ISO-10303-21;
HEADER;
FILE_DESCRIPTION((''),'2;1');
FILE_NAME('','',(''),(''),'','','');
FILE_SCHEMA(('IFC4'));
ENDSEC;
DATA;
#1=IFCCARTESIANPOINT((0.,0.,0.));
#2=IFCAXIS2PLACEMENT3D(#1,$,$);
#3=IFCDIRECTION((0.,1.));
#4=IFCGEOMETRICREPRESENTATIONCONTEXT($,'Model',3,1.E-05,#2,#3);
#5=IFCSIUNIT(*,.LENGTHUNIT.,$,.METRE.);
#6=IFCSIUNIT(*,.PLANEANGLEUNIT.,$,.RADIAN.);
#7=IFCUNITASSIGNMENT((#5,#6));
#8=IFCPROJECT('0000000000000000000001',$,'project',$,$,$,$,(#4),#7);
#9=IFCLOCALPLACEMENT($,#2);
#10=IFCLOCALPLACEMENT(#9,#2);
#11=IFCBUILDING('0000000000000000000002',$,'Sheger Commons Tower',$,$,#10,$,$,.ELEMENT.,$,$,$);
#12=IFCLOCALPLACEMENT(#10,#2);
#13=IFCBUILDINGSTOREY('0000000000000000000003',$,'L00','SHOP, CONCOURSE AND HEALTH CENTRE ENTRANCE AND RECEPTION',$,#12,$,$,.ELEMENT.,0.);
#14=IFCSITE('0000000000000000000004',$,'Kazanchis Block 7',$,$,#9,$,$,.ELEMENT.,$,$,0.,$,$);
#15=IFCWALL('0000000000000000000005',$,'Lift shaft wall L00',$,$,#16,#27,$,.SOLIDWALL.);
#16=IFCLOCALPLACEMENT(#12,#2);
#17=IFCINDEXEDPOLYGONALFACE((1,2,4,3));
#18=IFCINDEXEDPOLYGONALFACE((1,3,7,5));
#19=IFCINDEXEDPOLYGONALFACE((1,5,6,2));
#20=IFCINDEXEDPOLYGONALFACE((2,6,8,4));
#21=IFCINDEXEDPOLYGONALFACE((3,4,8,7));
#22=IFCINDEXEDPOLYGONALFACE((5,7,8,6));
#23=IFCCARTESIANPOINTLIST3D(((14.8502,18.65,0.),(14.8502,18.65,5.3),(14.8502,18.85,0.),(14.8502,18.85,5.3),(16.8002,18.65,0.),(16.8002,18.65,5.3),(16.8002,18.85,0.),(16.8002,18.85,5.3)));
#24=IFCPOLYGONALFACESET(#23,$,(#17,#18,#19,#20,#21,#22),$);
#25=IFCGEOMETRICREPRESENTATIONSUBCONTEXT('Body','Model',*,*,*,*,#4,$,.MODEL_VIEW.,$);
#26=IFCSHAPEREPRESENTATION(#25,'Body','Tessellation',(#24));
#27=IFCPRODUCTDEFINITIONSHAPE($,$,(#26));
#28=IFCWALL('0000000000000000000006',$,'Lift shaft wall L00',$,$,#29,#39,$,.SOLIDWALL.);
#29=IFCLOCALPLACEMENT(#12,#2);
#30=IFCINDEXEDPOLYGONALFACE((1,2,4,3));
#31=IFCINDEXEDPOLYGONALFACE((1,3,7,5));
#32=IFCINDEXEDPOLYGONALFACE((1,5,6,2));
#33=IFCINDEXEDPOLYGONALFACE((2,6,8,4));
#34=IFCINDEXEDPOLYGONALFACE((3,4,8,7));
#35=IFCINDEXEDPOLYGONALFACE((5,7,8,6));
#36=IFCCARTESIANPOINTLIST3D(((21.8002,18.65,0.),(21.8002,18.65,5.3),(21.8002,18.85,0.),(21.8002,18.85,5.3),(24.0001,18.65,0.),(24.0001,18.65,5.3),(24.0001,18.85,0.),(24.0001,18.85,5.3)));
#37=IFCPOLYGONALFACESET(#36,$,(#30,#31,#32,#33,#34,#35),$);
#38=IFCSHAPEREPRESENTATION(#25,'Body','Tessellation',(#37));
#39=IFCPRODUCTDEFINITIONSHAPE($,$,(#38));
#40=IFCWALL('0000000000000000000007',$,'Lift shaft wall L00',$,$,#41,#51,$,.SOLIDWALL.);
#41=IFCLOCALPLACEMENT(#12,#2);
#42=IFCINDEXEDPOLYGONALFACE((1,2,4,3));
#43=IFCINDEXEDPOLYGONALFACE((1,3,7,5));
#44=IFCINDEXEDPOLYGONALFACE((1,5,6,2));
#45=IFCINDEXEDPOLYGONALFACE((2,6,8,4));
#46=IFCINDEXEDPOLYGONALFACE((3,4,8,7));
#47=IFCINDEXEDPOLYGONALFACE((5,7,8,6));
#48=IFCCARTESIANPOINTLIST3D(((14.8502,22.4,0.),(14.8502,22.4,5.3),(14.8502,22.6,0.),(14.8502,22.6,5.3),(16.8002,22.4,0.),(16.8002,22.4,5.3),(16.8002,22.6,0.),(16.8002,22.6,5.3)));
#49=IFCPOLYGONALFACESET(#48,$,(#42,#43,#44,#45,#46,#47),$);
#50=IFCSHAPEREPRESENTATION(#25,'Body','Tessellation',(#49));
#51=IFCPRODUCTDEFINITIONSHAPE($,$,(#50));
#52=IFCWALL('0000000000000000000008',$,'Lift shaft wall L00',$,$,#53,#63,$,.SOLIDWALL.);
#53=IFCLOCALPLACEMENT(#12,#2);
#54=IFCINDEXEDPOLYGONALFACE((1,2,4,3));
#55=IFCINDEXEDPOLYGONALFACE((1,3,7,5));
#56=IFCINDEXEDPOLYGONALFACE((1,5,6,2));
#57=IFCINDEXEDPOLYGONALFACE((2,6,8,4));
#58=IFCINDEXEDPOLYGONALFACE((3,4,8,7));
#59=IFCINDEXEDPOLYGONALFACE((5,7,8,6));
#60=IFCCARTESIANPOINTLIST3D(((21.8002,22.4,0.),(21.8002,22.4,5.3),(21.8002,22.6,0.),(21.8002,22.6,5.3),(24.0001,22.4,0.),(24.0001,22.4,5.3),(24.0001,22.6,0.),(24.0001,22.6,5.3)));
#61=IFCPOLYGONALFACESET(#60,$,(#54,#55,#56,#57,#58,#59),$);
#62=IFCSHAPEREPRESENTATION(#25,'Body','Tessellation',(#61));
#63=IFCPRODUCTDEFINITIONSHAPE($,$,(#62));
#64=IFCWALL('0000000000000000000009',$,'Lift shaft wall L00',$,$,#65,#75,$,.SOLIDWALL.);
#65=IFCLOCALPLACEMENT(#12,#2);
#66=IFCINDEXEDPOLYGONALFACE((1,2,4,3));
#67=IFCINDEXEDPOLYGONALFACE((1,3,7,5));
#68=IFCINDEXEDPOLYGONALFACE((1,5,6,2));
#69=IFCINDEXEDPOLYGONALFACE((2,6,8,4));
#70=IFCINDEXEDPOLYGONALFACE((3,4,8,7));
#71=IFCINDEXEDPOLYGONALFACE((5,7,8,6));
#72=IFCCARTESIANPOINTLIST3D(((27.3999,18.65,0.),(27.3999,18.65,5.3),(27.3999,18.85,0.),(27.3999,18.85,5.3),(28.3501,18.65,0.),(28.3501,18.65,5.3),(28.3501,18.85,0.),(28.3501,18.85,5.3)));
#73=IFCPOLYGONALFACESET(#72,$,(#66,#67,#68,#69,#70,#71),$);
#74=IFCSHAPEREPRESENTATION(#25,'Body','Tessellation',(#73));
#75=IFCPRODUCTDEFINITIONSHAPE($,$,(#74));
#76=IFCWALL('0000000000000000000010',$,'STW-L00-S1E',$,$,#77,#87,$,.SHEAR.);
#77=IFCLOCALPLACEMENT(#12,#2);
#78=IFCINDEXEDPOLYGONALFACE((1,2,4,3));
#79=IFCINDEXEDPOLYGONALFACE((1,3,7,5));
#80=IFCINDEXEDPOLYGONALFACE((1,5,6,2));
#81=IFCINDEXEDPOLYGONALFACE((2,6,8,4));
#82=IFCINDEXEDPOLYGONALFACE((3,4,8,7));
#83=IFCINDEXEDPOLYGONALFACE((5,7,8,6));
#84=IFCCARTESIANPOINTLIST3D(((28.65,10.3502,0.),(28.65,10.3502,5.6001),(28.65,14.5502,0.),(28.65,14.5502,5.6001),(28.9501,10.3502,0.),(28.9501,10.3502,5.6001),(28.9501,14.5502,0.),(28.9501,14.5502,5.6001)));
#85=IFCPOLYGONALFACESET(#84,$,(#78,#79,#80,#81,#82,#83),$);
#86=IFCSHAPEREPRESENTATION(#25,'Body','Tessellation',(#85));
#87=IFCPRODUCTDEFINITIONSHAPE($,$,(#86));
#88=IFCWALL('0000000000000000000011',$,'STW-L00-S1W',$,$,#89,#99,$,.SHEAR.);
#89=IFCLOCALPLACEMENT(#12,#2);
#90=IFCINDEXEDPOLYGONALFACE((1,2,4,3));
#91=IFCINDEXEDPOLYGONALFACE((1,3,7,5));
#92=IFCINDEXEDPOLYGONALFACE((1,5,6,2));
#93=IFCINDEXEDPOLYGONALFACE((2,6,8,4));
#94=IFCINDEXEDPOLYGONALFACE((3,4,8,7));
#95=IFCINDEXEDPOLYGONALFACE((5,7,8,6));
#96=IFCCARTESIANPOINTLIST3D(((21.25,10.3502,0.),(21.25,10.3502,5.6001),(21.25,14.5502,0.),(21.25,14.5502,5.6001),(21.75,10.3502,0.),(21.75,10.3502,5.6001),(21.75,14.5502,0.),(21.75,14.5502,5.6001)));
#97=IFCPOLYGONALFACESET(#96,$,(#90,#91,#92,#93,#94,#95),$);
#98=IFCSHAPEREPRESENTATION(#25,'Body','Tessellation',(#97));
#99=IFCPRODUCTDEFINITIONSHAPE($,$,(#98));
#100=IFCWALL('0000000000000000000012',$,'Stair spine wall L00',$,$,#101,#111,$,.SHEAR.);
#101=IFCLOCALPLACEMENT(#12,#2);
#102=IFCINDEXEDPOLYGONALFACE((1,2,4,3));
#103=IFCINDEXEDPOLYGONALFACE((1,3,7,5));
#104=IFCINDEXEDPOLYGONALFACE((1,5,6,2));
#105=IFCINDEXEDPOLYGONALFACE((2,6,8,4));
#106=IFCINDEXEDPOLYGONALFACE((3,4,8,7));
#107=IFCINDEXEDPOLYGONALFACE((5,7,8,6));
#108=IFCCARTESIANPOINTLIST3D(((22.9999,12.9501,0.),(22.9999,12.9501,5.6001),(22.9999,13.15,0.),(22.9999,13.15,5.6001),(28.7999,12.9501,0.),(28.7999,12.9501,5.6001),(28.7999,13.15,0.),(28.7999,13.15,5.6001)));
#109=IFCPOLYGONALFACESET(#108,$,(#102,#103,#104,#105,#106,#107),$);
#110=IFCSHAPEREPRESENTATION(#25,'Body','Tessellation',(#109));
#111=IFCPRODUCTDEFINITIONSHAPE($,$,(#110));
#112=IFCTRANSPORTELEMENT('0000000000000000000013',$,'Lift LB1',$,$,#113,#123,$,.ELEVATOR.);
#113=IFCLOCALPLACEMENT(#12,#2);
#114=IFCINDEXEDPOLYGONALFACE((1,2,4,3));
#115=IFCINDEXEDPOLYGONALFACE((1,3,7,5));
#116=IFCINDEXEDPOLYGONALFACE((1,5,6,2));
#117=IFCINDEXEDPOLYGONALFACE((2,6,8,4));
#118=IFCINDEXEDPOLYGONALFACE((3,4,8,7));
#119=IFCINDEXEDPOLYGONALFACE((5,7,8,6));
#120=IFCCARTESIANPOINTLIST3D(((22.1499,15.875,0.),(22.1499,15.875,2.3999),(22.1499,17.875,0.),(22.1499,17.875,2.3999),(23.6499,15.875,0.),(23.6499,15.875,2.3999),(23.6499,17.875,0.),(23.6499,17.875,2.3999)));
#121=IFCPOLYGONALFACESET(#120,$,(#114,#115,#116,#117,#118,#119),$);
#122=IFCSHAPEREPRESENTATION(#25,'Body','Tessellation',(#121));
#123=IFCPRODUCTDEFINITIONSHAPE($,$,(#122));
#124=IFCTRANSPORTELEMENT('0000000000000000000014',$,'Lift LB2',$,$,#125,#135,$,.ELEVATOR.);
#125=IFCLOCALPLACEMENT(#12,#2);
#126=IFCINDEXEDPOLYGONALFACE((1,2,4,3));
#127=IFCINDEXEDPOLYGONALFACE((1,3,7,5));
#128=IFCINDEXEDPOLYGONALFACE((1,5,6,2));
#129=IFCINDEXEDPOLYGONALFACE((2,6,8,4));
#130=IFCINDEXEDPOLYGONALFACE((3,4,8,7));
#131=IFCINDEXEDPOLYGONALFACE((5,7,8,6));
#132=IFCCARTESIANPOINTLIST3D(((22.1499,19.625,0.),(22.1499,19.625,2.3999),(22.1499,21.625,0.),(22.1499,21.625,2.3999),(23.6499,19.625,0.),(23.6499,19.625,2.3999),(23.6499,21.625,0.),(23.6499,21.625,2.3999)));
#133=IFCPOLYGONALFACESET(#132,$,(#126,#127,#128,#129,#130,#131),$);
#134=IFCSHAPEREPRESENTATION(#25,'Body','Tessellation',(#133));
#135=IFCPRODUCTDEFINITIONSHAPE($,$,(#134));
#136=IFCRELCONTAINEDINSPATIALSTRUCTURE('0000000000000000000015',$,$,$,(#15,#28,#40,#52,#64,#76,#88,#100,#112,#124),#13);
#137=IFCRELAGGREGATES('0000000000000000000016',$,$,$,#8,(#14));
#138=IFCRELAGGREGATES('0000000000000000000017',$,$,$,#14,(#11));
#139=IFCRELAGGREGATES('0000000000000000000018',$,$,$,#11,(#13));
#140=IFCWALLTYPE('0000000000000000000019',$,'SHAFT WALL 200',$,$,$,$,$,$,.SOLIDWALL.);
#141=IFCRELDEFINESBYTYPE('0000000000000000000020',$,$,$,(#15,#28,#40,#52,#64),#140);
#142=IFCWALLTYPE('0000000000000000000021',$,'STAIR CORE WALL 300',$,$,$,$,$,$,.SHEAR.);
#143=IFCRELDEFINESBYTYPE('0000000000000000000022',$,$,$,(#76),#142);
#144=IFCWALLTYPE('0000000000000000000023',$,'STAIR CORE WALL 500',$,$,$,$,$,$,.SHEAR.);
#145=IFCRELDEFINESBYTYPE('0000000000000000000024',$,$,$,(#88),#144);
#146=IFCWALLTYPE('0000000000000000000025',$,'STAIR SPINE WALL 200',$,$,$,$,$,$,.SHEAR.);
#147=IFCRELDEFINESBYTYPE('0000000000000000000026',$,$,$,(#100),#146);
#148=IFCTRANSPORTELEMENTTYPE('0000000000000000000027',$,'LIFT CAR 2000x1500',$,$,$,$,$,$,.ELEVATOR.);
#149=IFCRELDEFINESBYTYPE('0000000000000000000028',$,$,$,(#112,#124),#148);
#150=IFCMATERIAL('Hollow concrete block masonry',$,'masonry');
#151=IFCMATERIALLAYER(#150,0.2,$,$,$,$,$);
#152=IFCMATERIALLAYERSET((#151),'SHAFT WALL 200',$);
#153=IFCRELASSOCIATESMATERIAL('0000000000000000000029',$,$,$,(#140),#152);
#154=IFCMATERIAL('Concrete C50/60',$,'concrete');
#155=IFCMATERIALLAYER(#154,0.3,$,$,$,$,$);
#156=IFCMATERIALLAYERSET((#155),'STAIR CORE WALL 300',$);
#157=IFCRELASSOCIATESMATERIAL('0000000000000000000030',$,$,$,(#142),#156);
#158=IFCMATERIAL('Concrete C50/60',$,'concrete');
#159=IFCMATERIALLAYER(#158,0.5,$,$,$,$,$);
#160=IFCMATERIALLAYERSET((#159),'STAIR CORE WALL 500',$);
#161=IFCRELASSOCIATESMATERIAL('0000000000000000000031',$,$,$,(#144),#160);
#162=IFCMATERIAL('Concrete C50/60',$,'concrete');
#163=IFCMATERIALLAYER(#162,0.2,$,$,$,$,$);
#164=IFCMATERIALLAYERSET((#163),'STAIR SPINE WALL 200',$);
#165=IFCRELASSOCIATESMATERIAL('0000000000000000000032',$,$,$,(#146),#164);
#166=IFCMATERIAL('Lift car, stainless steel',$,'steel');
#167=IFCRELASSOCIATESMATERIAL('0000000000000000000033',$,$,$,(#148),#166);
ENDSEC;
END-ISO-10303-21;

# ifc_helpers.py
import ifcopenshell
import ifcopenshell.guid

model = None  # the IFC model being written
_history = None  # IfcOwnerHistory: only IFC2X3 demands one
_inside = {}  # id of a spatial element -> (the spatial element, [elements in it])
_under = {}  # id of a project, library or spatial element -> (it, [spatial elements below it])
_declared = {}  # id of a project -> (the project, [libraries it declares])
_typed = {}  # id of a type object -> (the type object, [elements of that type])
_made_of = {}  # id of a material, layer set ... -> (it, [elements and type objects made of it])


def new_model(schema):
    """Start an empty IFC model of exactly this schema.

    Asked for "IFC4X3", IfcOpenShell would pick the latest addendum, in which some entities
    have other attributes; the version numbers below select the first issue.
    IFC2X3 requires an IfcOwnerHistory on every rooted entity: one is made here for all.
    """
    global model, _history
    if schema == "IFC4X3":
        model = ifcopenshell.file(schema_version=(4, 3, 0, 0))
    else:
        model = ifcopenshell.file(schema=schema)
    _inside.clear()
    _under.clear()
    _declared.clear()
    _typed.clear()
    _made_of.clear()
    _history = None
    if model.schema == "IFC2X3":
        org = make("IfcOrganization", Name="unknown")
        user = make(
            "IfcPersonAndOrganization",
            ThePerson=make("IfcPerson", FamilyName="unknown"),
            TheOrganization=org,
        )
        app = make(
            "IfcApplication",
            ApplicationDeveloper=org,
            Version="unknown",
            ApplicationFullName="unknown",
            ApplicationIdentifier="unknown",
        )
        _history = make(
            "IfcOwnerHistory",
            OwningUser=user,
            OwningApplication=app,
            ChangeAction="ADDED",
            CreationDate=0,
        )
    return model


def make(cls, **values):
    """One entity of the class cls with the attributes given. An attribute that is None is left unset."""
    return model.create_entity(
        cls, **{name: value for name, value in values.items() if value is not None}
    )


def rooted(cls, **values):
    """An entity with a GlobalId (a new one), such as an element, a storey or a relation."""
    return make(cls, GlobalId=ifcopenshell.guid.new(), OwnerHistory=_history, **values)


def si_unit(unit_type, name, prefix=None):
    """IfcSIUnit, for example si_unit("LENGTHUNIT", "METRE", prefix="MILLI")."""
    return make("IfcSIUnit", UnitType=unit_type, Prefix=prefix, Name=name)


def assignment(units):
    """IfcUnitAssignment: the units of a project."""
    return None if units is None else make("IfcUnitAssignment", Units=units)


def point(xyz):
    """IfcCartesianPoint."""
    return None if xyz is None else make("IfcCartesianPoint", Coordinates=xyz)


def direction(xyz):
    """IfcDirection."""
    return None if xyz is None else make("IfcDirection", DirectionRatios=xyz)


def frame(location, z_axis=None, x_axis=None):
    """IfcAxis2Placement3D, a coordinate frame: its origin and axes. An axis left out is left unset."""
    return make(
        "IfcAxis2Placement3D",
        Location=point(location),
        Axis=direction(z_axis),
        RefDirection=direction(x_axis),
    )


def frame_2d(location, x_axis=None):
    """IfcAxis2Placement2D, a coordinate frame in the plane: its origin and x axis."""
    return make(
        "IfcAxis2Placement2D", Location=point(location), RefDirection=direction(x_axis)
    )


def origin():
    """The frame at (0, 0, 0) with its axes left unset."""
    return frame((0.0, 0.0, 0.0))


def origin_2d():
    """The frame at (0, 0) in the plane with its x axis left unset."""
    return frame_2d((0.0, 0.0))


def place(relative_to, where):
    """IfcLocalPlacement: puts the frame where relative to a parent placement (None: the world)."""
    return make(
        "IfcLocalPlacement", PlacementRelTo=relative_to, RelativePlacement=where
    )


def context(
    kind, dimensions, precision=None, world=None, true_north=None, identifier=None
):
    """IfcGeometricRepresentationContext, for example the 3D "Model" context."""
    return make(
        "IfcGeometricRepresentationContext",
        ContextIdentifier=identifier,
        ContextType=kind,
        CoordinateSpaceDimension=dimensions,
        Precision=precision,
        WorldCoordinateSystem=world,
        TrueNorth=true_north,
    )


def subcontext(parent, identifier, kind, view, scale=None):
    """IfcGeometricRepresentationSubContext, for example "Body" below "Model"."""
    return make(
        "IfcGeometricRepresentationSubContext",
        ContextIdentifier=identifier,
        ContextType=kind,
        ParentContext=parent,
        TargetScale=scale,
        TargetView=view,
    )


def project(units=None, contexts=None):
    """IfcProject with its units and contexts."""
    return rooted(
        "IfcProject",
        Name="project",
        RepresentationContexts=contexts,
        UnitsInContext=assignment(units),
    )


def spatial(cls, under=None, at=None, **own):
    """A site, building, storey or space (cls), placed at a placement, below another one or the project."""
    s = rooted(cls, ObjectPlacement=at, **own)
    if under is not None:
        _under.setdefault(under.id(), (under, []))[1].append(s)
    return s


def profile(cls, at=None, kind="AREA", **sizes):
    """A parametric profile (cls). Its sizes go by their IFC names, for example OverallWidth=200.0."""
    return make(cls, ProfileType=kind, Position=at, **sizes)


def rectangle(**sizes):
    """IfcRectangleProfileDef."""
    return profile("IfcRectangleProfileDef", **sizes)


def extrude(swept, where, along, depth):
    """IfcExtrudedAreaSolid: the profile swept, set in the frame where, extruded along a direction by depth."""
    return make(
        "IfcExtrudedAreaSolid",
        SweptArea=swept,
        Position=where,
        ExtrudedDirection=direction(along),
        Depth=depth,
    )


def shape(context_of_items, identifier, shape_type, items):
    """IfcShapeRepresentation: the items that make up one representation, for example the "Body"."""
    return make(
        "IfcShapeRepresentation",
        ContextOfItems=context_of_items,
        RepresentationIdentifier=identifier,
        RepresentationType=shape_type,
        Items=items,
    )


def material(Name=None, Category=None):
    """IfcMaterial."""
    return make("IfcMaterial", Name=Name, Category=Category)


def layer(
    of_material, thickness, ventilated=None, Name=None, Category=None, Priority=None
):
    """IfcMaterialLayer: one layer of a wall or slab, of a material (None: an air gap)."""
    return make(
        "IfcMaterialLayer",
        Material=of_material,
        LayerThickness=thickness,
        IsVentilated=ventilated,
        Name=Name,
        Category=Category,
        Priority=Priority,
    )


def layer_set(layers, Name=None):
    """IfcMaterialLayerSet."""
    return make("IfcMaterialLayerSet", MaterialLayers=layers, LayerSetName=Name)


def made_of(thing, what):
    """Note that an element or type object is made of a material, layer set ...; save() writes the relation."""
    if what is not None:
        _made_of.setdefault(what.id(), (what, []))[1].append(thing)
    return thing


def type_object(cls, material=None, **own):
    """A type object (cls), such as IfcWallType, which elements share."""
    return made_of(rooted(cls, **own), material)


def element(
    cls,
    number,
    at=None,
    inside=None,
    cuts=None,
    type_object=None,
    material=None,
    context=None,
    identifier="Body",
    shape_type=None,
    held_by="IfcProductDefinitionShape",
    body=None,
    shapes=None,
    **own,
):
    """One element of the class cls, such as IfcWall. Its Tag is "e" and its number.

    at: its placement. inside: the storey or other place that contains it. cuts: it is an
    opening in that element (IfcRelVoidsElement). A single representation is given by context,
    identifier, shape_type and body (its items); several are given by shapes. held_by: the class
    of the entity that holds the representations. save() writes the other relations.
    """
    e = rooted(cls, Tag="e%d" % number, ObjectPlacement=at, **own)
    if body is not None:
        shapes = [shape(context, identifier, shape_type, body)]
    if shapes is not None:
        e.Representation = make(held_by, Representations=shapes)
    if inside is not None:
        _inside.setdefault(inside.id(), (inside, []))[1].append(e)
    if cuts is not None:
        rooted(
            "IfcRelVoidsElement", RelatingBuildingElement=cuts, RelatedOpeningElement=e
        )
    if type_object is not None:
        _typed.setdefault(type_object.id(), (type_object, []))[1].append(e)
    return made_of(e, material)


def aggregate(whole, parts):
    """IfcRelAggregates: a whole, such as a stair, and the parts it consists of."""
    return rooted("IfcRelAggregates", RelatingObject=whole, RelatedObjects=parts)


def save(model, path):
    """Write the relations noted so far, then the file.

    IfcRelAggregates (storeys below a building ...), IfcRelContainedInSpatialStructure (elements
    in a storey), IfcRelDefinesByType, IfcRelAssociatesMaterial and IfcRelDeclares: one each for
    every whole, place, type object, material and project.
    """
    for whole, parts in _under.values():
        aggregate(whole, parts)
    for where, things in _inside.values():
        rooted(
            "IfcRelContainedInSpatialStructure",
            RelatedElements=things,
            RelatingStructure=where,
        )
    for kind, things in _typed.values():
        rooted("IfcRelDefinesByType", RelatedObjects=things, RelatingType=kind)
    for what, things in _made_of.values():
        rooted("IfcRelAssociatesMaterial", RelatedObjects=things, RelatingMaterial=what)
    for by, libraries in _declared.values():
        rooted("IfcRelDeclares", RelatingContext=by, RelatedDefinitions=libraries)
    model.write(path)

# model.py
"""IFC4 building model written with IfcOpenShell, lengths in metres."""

from ifc_helpers import new_model, si_unit, direction, frame, frame_2d, origin, origin_2d, place, context, subcontext, project, spatial, rectangle, extrude, material, layer, layer_set, type_object, element, save


model = new_model("IFC4")

# Units and contexts
model_context = context("Model", 3, precision=1e-05, world=origin(), true_north=direction((0.0, 1.0)))
body_context = subcontext(model_context, "Body", "Model", "MODEL_VIEW")
ifc_project = project(units=[si_unit("LENGTHUNIT", "METRE"), si_unit("PLANEANGLEUNIT", "RADIAN")], contexts=[model_context])

# Site, building, storey
site_placement = place(None, origin())
site = spatial("IfcSite", under=ifc_project, at=site_placement, Name="Kazanchis Block 7", CompositionType="ELEMENT", RefElevation=0.0)
building_placement = place(site_placement, origin())
building = spatial("IfcBuilding", under=site, at=building_placement, Name="Sheger Commons Tower", CompositionType="ELEMENT")
storey_placement = place(building_placement, origin())
storey = spatial("IfcBuildingStorey", under=building, at=storey_placement, Name="L00", Description="SHOP, CONCOURSE AND HEALTH CENTRE ENTRANCE AND RECEPTION", CompositionType="ELEMENT", Elevation=0.0)

# Walls
ifc_material_1 = material(Name="Hollow concrete block masonry", Category="masonry")
ifc_layer_1 = layer(ifc_material_1, 0.2)
ifc_layer_set_1 = layer_set([ifc_layer_1], Name="SHAFT WALL 200")
wall_type_1 = type_object("IfcWallType", Name="SHAFT WALL 200", PredefinedType="SOLIDWALL", material=ifc_layer_set_1)
wall_1_placement = place(storey_placement, frame((14.8501, 18.75, 0.0), z_axis=(0.0, 0.0, 1.0), x_axis=(1.0, 0.0, 0.0)))
element("IfcWall", 1, at=wall_1_placement, inside=storey, type_object=wall_type_1, Name="Lift shaft wall L00", PredefinedType="SOLIDWALL", context=body_context, shape_type="SweptSolid", body=[
    extrude(rectangle(XDim=1.95, YDim=0.2, at=frame_2d((0.9751, 0.0))), origin(), (0.0, 0.0, 1.0), 5.3),
])
wall_2_placement = place(storey_placement, frame((21.8, 18.75, 0.0), z_axis=(0.0, 0.0, 1.0), x_axis=(1.0, 0.0, 0.0)))
element("IfcWall", 2, at=wall_2_placement, inside=storey, type_object=wall_type_1, Name="Lift shaft wall L00", PredefinedType="SOLIDWALL", context=body_context, shape_type="SweptSolid", body=[
    extrude(rectangle(XDim=2.2, YDim=0.2, at=frame_2d((1.1001, 0.0))), origin(), (0.0, 0.0, 1.0), 5.3),
])
wall_3_placement = place(storey_placement, frame((14.8501, 22.5, 0.0), z_axis=(0.0, 0.0, 1.0), x_axis=(1.0, 0.0, 0.0)))
element("IfcWall", 3, at=wall_3_placement, inside=storey, type_object=wall_type_1, Name="Lift shaft wall L00", PredefinedType="SOLIDWALL", context=body_context, shape_type="SweptSolid", body=[
    extrude(rectangle(XDim=1.95, YDim=0.2, at=frame_2d((0.9751, 0.0))), origin(), (0.0, 0.0, 1.0), 5.3),
])
wall_4_placement = place(storey_placement, frame((21.8, 22.5, 0.0), z_axis=(0.0, 0.0, 1.0), x_axis=(1.0, 0.0, 0.0)))
element("IfcWall", 4, at=wall_4_placement, inside=storey, type_object=wall_type_1, Name="Lift shaft wall L00", PredefinedType="SOLIDWALL", context=body_context, shape_type="SweptSolid", body=[
    extrude(rectangle(XDim=2.2, YDim=0.2, at=frame_2d((1.1001, 0.0))), origin(), (0.0, 0.0, 1.0), 5.3),
])
wall_5_placement = place(storey_placement, frame((27.3999, 18.75, 0.0), z_axis=(0.0, 0.0, 1.0), x_axis=(1.0, 0.0, 0.0)))
element("IfcWall", 5, at=wall_5_placement, inside=storey, type_object=wall_type_1, Name="Lift shaft wall L00", PredefinedType="SOLIDWALL", context=body_context, shape_type="SweptSolid", body=[
    extrude(rectangle(XDim=0.9502, YDim=0.2, at=frame_2d((0.4751, 0.0))), origin(), (0.0, 0.0, 1.0), 5.3),
])
ifc_material_2 = material(Name="Concrete C50/60", Category="concrete")
ifc_layer_2 = layer(ifc_material_2, 0.3)
ifc_layer_set_2 = layer_set([ifc_layer_2], Name="STAIR CORE WALL 300")
wall_type_2 = type_object("IfcWallType", Name="STAIR CORE WALL 300", PredefinedType="SHEAR", material=ifc_layer_set_2)
wall_6_placement = place(storey_placement, frame((28.8, 10.3501, 0.0), z_axis=(0.0, 0.0, 1.0), x_axis=(0.0, 1.0, 0.0)))
element("IfcWall", 6, at=wall_6_placement, inside=storey, type_object=wall_type_2, Name="STW-L00-S1E", PredefinedType="SHEAR", context=body_context, shape_type="SweptSolid", body=[
    extrude(rectangle(XDim=4.2, YDim=0.3, at=frame_2d((2.1001, 0.0))), origin(), (0.0, 0.0, 1.0), 5.6001),
])
ifc_material_3 = material(Name="Concrete C50/60", Category="concrete")
ifc_layer_3 = layer(ifc_material_3, 0.5)
ifc_layer_set_3 = layer_set([ifc_layer_3], Name="STAIR CORE WALL 500")
wall_type_3 = type_object("IfcWallType", Name="STAIR CORE WALL 500", PredefinedType="SHEAR", material=ifc_layer_set_3)
wall_7_placement = place(storey_placement, frame((21.5, 10.3501, 0.0), z_axis=(0.0, 0.0, 1.0), x_axis=(0.0, 1.0, 0.0)))
element("IfcWall", 7, at=wall_7_placement, inside=storey, type_object=wall_type_3, Name="STW-L00-S1W", PredefinedType="SHEAR", context=body_context, shape_type="SweptSolid", body=[
    extrude(rectangle(XDim=4.2, YDim=0.5, at=frame_2d((2.1001, 0.0))), origin(), (0.0, 0.0, 1.0), 5.6001),
])
ifc_material_4 = material(Name="Concrete C50/60", Category="concrete")
ifc_layer_4 = layer(ifc_material_4, 0.2)
ifc_layer_set_4 = layer_set([ifc_layer_4], Name="STAIR SPINE WALL 200")
wall_type_4 = type_object("IfcWallType", Name="STAIR SPINE WALL 200", PredefinedType="SHEAR", material=ifc_layer_set_4)
wall_8_placement = place(storey_placement, frame((23.0, 13.05, 0.0), z_axis=(0.0, 0.0, 1.0), x_axis=(1.0, 0.0, 0.0)))
element("IfcWall", 8, at=wall_8_placement, inside=storey, type_object=wall_type_4, Name="Stair spine wall L00", PredefinedType="SHEAR", context=body_context, shape_type="SweptSolid", body=[
    extrude(rectangle(XDim=5.8, YDim=0.2, at=frame_2d((2.8999, 0.0))), origin(), (0.0, 0.0, 1.0), 5.6001),
])

# Transport elements
ifc_material_5 = material(Name="Lift car, stainless steel", Category="steel")
transport_element_type = type_object("IfcTransportElementType", Name="LIFT CAR 2000x1500", PredefinedType="ELEVATOR", material=ifc_material_5)
for number, where, z_axis, x_axis, name in (
    (9, (22.8999, 16.875, 0.0), (0.0, 0.0, 1.0), (1.0, 0.0, 0.0), "Lift LB1"),
    (10, (22.8999, 20.625, 0.0), (0.0, 0.0, 1.0), (1.0, 0.0, 0.0), "Lift LB2"),
):
    element("IfcTransportElement", number, at=place(storey_placement, frame(where, z_axis=z_axis, x_axis=x_axis)), inside=storey, type_object=transport_element_type, Name=name, PredefinedType="ELEVATOR", context=body_context, shape_type="SweptSolid", body=[
        extrude(rectangle(XDim=1.5, YDim=2.0, at=origin_2d()), origin(), (0.0, 0.0, 1.0), 2.3999),
    ])

save(model, "model.ifc")
